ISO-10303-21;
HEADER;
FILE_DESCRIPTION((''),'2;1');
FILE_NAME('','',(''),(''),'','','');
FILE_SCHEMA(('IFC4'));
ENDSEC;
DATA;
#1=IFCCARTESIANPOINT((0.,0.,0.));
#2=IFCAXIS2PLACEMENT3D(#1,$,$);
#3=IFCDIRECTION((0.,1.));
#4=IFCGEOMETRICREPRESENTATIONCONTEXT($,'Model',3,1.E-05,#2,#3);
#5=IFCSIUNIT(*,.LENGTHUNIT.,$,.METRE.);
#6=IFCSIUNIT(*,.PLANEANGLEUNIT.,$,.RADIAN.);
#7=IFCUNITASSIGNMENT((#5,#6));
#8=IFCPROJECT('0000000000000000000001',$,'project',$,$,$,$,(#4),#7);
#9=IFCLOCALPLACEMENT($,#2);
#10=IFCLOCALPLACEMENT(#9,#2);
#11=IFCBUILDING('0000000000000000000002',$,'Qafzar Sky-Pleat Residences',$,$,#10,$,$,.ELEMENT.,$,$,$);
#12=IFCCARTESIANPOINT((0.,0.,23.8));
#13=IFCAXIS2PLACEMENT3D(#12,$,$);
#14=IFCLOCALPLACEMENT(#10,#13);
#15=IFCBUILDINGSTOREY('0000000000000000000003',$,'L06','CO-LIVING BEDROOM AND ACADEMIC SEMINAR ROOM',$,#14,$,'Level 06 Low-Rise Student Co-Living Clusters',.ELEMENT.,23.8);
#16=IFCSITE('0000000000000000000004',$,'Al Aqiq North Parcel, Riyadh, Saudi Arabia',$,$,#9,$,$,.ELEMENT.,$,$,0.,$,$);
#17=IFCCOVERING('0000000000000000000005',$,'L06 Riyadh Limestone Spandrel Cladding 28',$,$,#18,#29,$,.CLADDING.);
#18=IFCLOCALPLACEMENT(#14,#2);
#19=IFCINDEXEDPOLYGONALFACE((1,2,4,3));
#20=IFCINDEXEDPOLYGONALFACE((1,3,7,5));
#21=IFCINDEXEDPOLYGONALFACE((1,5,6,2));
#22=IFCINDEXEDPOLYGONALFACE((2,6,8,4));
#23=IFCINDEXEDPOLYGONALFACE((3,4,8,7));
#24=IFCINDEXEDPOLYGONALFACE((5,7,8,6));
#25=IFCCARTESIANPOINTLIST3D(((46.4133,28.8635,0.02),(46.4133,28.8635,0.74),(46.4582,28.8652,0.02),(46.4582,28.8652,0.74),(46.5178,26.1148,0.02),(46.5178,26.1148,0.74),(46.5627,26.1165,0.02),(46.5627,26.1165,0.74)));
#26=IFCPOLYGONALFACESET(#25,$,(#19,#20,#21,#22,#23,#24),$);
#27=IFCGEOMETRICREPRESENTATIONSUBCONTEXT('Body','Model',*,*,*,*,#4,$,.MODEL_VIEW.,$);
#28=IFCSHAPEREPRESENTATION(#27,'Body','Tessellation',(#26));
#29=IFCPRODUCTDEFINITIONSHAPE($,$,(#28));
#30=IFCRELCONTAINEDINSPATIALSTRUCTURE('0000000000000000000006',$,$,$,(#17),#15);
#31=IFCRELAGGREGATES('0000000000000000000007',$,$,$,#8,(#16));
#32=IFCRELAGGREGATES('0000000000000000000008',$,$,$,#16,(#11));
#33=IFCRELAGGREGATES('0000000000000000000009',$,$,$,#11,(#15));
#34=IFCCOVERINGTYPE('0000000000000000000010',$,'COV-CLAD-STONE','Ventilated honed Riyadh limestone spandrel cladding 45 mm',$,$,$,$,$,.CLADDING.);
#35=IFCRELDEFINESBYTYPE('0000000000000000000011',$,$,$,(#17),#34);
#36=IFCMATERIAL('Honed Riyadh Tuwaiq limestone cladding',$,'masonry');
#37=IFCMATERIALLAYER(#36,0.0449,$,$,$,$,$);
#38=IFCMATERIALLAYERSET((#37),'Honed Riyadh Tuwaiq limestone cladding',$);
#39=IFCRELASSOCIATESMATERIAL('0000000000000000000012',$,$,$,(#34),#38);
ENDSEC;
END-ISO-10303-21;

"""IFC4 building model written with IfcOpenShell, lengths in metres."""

from ifc_helpers import new_model, si_unit, direction, frame, origin, origin_2d, place, context, subcontext, project, spatial, rectangle, extrude, source, transform, mapped, material, layer, layer_set, type_object, element, save


model = new_model("IFC4")

# Units and contexts
model_context = context("Model", 3, precision=1e-05, world=origin(), true_north=direction((0.0, 1.0)))
body_context = subcontext(model_context, "Body", "Model", "MODEL_VIEW")
ifc_project = project(units=[si_unit("LENGTHUNIT", "METRE"), si_unit("PLANEANGLEUNIT", "RADIAN")], contexts=[model_context])

# Site, building, storey
site_placement = place(None, origin())
site = spatial("IfcSite", under=ifc_project, at=site_placement, Name="Al Aqiq North Parcel, Riyadh, Saudi Arabia", CompositionType="ELEMENT", RefElevation=0.0)
building_placement = place(site_placement, origin())
building = spatial("IfcBuilding", under=site, at=building_placement, Name="Qafzar Sky-Pleat Residences", CompositionType="ELEMENT")
storey_placement = place(building_placement, frame((0.0, 0.0, 23.8)))
storey = spatial("IfcBuildingStorey", under=building, at=storey_placement, Name="L06", Description="CO-LIVING BEDROOM AND ACADEMIC SEMINAR ROOM", LongName="Level 06 Low-Rise Student Co-Living Clusters", CompositionType="ELEMENT", Elevation=23.8)

# Covering
ifc_material_1 = material(Name="Honed Riyadh Tuwaiq limestone cladding", Category="masonry")
ifc_layer_1 = layer(ifc_material_1, 0.0449)
ifc_layer_set_1 = layer_set([ifc_layer_1], Name="Honed Riyadh Tuwaiq limestone cladding")
covering_type = type_object("IfcCoveringType", Name="COV-CLAD-STONE", Description="Ventilated honed Riyadh limestone spandrel cladding 45 mm", PredefinedType="CLADDING", material=ifc_layer_set_1)
shared_shape_1 = source(origin(), body_context, "Body", "SweptSolid", [
    extrude(rectangle(XDim=2.7507, YDim=0.0449, at=origin_2d()), origin(), (0.0, 0.0, 1.0), 0.72),
])
covering_placement = place(storey_placement, frame((46.488, 27.49, 0.02), z_axis=(0.0, 0.0, 1.0), x_axis=(-0.037986, 0.999278, 0.0)))
element("IfcCovering", 1, at=covering_placement, inside=storey, type_object=covering_type, Name="L06 Riyadh Limestone Spandrel Cladding 28", PredefinedType="CLADDING", context=body_context, shape_type="MappedRepresentation", body=[
    mapped(shared_shape_1, transform((0.0, 0.0, 0.0), x_axis=(1.0, 0.0, 0.0), y_axis=(0.0, 1.0, 0.0), z_axis=(0.0, 0.0, 1.0), scale=1.0)),
])

save(model, "model.ifc")
